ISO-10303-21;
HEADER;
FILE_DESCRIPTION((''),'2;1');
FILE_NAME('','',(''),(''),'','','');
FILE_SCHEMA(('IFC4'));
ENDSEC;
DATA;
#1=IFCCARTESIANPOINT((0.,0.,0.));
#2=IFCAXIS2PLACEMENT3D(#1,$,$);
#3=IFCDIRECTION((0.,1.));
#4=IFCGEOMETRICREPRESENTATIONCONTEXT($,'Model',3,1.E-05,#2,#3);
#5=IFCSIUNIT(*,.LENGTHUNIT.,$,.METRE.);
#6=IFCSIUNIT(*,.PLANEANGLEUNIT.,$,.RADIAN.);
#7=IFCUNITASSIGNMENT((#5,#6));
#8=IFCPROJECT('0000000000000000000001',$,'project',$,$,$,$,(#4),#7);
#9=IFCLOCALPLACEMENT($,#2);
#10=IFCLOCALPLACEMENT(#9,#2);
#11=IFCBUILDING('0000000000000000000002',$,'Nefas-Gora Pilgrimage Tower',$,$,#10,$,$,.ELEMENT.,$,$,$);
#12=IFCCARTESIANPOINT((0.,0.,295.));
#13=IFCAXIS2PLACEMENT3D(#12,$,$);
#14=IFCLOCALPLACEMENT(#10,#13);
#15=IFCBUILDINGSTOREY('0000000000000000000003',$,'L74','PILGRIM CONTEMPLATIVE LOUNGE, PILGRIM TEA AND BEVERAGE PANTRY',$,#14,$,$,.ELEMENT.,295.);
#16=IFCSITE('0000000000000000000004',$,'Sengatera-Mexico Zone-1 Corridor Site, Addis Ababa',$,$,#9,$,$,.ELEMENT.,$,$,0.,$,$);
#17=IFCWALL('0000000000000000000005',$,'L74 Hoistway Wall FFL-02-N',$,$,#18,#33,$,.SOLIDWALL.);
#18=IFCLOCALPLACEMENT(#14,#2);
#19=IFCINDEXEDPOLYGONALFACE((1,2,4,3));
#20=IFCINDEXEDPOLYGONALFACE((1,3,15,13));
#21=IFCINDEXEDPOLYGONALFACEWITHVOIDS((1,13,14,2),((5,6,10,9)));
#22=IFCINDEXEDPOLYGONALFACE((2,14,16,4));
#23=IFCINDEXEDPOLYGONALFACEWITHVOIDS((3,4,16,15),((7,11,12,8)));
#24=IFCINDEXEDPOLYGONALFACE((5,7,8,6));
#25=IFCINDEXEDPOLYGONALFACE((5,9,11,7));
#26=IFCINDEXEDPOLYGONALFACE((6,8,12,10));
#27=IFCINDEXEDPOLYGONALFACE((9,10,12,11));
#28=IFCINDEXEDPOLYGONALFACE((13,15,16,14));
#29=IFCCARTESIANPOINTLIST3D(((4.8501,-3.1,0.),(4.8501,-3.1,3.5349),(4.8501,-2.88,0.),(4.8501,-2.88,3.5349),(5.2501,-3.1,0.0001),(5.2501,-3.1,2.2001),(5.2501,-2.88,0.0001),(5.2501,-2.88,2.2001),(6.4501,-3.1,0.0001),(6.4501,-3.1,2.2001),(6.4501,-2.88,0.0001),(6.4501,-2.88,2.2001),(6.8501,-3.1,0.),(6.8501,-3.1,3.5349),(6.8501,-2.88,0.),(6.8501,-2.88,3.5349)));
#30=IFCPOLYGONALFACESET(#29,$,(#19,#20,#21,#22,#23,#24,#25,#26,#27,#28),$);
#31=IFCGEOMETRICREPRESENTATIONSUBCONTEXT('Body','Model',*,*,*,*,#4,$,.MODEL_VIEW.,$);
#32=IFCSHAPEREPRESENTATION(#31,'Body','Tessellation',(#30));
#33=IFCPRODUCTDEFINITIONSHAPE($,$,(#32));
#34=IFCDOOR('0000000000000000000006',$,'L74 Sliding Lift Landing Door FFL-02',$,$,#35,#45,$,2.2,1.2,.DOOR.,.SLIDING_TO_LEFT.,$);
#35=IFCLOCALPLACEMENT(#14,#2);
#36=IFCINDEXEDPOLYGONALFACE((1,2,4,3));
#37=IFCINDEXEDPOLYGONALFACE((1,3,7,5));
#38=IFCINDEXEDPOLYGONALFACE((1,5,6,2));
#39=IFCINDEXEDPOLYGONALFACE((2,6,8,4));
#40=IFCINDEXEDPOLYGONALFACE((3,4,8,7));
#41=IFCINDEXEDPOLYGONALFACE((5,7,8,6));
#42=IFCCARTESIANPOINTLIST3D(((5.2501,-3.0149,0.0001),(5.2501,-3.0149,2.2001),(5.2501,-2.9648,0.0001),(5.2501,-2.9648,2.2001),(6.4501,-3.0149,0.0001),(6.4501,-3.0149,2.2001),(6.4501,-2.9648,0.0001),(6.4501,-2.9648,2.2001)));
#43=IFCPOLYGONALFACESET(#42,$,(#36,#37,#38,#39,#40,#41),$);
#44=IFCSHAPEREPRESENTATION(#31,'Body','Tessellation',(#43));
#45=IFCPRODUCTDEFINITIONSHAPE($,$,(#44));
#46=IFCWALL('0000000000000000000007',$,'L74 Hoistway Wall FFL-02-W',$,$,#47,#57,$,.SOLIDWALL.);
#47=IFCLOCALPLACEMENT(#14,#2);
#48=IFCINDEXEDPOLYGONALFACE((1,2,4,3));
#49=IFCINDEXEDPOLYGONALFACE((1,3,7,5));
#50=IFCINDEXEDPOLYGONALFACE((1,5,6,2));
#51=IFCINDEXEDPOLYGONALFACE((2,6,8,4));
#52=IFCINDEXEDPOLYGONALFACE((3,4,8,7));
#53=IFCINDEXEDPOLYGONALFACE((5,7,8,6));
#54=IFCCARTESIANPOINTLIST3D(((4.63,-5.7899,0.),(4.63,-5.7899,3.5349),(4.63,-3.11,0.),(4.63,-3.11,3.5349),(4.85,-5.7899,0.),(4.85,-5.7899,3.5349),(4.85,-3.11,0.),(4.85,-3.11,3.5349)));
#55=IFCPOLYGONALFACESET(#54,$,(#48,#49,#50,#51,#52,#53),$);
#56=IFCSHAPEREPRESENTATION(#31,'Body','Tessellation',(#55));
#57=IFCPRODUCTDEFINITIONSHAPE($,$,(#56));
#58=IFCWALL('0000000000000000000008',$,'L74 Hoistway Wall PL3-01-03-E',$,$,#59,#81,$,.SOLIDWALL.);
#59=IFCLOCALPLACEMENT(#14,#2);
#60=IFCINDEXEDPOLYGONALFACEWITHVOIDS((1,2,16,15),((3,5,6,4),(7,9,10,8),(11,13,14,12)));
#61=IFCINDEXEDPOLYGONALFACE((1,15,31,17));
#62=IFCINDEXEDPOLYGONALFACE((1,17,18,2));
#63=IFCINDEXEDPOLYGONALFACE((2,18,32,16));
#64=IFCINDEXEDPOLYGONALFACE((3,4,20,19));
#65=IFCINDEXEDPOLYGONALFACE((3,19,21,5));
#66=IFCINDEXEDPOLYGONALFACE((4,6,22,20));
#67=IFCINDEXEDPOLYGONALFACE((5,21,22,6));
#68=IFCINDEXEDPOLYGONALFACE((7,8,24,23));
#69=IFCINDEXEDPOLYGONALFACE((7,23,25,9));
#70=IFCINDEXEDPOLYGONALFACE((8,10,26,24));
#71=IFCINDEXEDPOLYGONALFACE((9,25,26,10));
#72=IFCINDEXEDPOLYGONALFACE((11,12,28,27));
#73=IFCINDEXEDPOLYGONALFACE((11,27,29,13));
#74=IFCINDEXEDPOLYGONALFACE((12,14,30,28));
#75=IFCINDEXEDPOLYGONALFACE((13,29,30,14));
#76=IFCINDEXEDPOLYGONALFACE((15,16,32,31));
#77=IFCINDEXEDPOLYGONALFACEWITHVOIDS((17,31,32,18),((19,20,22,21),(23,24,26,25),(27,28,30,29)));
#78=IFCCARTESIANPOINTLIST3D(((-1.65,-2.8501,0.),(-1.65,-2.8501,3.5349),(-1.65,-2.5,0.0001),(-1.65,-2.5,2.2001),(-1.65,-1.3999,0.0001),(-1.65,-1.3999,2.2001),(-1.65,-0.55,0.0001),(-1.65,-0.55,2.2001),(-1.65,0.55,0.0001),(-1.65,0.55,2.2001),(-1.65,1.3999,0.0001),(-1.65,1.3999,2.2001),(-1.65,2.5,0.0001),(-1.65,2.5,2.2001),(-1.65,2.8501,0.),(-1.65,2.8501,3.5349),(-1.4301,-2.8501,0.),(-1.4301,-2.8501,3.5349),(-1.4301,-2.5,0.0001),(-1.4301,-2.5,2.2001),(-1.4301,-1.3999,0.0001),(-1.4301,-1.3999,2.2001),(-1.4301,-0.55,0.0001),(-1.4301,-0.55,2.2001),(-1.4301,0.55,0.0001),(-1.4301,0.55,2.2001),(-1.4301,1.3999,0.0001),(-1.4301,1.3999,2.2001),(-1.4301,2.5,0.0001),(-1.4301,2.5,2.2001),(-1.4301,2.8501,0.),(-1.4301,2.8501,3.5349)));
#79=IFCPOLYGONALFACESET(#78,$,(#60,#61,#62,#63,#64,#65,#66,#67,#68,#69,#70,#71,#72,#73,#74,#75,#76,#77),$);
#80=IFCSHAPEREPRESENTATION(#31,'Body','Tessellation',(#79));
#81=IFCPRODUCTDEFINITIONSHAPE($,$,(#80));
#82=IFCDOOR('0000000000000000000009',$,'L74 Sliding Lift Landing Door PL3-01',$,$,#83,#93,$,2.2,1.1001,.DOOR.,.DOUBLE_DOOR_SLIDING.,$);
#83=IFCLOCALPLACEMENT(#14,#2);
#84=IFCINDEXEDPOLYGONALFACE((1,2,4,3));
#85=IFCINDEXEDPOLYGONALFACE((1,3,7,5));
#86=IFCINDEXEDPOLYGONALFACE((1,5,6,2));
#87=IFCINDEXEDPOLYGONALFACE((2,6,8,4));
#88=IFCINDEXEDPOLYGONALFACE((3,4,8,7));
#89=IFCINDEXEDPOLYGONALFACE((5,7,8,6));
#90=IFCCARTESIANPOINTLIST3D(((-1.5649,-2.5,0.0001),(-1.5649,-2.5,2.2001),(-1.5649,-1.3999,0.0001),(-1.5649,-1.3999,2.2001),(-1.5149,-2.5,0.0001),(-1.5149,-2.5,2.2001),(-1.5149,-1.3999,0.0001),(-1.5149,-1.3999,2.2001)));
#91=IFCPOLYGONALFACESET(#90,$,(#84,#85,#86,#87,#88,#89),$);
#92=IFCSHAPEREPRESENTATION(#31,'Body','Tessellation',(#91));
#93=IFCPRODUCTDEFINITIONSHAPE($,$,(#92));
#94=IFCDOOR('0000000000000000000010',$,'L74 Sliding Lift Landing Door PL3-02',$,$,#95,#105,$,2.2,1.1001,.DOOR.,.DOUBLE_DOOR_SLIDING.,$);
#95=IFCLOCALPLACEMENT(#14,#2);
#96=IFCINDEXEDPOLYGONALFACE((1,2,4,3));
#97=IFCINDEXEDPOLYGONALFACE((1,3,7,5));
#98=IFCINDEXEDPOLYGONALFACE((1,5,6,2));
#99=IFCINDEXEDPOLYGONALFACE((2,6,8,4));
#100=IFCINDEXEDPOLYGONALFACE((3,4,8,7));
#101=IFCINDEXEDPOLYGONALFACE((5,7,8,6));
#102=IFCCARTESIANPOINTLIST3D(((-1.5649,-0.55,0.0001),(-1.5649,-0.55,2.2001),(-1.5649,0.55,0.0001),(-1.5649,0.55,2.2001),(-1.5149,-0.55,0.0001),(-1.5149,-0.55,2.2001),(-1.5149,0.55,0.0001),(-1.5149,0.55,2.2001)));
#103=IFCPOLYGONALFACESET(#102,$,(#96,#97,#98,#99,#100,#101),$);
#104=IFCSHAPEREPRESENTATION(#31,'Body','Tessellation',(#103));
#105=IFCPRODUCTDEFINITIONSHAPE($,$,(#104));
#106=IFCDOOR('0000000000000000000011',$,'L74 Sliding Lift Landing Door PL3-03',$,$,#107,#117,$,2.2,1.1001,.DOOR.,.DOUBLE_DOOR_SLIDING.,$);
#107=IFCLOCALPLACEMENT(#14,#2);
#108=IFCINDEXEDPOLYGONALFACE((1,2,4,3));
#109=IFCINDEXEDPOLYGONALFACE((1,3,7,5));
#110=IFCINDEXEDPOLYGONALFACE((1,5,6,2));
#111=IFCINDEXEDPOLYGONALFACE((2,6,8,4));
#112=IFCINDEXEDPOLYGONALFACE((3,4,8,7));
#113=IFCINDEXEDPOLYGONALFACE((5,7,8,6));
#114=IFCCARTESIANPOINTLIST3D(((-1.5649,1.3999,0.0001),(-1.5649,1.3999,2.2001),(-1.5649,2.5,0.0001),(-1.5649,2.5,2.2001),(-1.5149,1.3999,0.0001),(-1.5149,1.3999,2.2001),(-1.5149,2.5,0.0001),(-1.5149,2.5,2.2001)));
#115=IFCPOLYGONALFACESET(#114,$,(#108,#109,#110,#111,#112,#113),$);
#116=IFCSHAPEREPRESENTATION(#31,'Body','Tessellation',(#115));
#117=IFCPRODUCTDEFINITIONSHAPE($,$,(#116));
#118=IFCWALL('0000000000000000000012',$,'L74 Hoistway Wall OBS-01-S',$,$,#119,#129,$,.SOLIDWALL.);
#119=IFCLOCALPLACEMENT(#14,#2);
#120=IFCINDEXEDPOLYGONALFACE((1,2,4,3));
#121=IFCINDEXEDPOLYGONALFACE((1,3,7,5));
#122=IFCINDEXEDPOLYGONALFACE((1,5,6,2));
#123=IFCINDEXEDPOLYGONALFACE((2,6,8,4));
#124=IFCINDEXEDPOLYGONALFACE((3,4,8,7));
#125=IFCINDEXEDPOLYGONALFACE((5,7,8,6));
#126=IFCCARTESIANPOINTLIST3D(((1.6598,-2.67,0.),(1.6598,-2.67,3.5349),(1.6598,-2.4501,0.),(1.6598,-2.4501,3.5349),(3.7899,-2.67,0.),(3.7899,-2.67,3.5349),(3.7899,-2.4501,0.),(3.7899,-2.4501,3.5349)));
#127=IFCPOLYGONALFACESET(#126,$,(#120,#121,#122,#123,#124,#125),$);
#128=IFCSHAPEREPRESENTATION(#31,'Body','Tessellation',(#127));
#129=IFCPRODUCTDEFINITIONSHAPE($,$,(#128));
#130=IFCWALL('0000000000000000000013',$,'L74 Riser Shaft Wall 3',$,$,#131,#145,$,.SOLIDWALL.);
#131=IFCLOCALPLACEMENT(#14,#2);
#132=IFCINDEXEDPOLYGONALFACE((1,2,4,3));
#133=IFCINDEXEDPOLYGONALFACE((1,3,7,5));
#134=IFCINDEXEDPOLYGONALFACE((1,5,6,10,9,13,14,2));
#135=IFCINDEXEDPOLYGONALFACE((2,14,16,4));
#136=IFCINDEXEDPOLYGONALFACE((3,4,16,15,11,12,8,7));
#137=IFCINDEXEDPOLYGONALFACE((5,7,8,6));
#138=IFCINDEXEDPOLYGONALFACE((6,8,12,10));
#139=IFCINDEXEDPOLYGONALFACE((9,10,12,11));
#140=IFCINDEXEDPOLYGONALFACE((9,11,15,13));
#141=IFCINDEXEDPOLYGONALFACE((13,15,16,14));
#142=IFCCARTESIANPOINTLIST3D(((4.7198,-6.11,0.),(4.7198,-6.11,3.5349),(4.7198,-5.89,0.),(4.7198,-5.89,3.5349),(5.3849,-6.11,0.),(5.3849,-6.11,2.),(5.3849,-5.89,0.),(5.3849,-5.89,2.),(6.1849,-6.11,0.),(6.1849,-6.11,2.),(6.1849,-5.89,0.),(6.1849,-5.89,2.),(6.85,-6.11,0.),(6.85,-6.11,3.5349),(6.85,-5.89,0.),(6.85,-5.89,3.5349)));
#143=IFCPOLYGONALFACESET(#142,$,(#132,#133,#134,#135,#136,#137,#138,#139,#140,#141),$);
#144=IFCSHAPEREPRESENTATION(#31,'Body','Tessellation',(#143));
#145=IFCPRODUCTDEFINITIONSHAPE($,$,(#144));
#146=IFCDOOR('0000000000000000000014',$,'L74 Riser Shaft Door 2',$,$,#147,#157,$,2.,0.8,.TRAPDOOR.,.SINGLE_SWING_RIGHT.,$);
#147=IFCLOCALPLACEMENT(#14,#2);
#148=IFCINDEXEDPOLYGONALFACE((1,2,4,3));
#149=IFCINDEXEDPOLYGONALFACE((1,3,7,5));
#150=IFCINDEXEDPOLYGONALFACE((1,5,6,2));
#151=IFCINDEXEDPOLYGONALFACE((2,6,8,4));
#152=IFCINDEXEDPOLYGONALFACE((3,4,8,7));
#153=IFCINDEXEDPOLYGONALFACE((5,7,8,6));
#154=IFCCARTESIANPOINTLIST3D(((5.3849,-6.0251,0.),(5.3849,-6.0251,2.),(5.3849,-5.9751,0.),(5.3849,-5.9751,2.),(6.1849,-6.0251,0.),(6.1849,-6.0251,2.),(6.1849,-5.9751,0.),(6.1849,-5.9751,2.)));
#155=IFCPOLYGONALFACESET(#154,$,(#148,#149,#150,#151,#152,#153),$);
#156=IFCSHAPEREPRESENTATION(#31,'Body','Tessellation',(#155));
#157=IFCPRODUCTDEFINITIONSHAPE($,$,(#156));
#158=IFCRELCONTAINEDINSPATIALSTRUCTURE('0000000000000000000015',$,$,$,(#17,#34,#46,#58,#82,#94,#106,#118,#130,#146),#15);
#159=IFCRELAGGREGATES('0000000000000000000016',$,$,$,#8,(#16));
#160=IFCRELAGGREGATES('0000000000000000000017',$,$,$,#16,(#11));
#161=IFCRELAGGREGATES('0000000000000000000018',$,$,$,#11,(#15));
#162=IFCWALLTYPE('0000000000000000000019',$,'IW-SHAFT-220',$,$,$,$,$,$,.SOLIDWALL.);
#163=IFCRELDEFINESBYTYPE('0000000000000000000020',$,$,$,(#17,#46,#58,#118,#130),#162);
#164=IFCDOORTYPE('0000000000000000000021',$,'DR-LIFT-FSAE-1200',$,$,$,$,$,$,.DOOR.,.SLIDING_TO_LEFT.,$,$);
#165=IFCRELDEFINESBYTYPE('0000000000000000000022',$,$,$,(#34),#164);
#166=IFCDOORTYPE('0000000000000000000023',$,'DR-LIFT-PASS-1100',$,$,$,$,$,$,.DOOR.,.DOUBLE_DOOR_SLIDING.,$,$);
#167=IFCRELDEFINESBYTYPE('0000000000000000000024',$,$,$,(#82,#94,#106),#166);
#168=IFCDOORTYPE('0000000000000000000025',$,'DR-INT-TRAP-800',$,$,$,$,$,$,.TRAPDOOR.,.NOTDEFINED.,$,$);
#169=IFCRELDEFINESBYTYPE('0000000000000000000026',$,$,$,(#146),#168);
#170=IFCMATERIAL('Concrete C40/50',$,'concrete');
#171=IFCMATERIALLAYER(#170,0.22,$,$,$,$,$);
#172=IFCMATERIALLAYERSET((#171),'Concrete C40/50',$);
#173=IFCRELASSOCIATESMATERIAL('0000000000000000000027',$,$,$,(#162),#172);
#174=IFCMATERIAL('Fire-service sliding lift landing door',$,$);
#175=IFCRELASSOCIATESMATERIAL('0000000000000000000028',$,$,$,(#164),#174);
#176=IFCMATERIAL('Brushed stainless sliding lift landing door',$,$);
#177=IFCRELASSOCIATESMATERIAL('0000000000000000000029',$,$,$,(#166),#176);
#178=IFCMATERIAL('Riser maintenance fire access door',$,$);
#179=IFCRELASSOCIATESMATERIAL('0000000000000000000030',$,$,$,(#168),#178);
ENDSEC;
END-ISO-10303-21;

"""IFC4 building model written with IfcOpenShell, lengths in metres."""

from ifc_helpers import new_model, si_unit, direction, frame, frame_2d, origin, place, context, subcontext, project, spatial, rectangle, extrude, source, transform, mapped, material, layer, layer_set, type_object, element, fill, save


model = new_model("IFC4")

# Units and contexts
model_context = context("Model", 3, precision=1e-05, world=origin(), true_north=direction((0.0, 1.0)))
body_context = subcontext(model_context, "Body", "Model", "MODEL_VIEW")
ifc_project = project(units=[si_unit("LENGTHUNIT", "METRE"), si_unit("PLANEANGLEUNIT", "RADIAN")], contexts=[model_context])

# Site, building, storey
site_placement = place(None, origin())
site = spatial("IfcSite", under=ifc_project, at=site_placement, Name="Sengatera-Mexico Zone-1 Corridor Site, Addis Ababa", CompositionType="ELEMENT", RefElevation=0.0)
building_placement = place(site_placement, origin())
building = spatial("IfcBuilding", under=site, at=building_placement, Name="Nefas-Gora Pilgrimage Tower", CompositionType="ELEMENT")
storey_placement = place(building_placement, frame((0.0, 0.0, 295.0)))
storey = spatial("IfcBuildingStorey", under=building, at=storey_placement, Name="L74", Description="PILGRIM CONTEMPLATIVE LOUNGE, PILGRIM TEA AND BEVERAGE PANTRY", CompositionType="ELEMENT", Elevation=295.0)

# Shared definitions
ifc_material_1 = material(Name="Concrete C40/50", Category="concrete")

# Wall, opening, door
ifc_layer_1 = layer(ifc_material_1, 0.22)
ifc_layer_set_1 = layer_set([ifc_layer_1], Name="Concrete C40/50")
wall_type_1 = type_object("IfcWallType", Name="IW-SHAFT-220", PredefinedType="SOLIDWALL", material=ifc_layer_set_1)
shared_shape_1 = source(origin(), body_context, "Body", "SweptSolid", [
    extrude(rectangle(XDim=2.0, YDim=0.22, at=frame_2d((1.0, 0.0))), origin(), (0.0, 0.0, 1.0), 3.5349),
])
wall_1_placement = place(storey_placement, frame((6.8501, -2.99, 0.0), z_axis=(0.0, 0.0, 1.0), x_axis=(-1.0, 0.0, 0.0)))
wall_1 = element("IfcWall", 1, at=wall_1_placement, inside=storey, type_object=wall_type_1, Name="L74 Hoistway Wall FFL-02-N", PredefinedType="SOLIDWALL", context=body_context, shape_type="MappedRepresentation", body=[
    mapped(shared_shape_1, transform((0.0, 0.0, 0.0), x_axis=(1.0, 0.0, 0.0), y_axis=(0.0, 1.0, 0.0), z_axis=(0.0, 0.0, 1.0), scale=1.0)),
])
opening_1_placement = place(wall_1_placement, frame((0.3999, 0.0, 0.0)))
opening_1 = element("IfcOpeningElement", 2, at=opening_1_placement, cuts=wall_1, PredefinedType="OPENING", context=body_context, shape_type="SweptSolid", body=[
    extrude(rectangle(XDim=1.2, YDim=2.2, at=frame_2d((0.6001, 1.1001))), frame((0.0, 0.1199, 0.0), z_axis=(0.0, -1.0, 0.0), x_axis=(1.0, 0.0, 0.0)), (0.0, 0.0, 1.0), 0.24),
])
ifc_material_2 = material(Name="Fire-service sliding lift landing door")
door_type_1 = type_object("IfcDoorType", Name="DR-LIFT-FSAE-1200", OperationType="SLIDING_TO_LEFT", PredefinedType="DOOR", material=ifc_material_2)
shared_shape_2 = source(origin(), body_context, "Body", "SweptSolid", [
    extrude(rectangle(XDim=1.2, YDim=2.2, at=frame_2d((0.6001, 1.1001))), frame((0.0, 0.0249, 0.0), z_axis=(0.0, -1.0, 0.0), x_axis=(1.0, 0.0, 0.0)), (0.0, 0.0, 1.0), 0.05),
])
door_1_placement = place(opening_1_placement, origin())
door_1 = element("IfcDoor", 3, at=door_1_placement, inside=storey, type_object=door_type_1, Name="L74 Sliding Lift Landing Door FFL-02", OperationType="SLIDING_TO_LEFT", OverallHeight=2.2, OverallWidth=1.2, PredefinedType="DOOR", context=body_context, shape_type="MappedRepresentation", body=[
    mapped(shared_shape_2, transform((0.0, 0.0, 0.0), x_axis=(1.0, 0.0, 0.0), y_axis=(0.0, 1.0, 0.0), z_axis=(0.0, 0.0, 1.0), scale=1.0)),
])
fill(opening_1, door_1)

# Wall
shared_shape_3 = source(origin(), body_context, "Body", "SweptSolid", [
    extrude(rectangle(XDim=2.6799, YDim=0.22, at=frame_2d((1.3398, 0.0))), origin(), (0.0, 0.0, 1.0), 3.5349),
])
wall_2_placement = place(storey_placement, frame((4.74, -3.1101, 0.0), z_axis=(0.0, 0.0, 1.0), x_axis=(0.0, -1.0, 0.0)))
element("IfcWall", 4, at=wall_2_placement, inside=storey, type_object=wall_type_1, Name="L74 Hoistway Wall FFL-02-W", PredefinedType="SOLIDWALL", context=body_context, shape_type="MappedRepresentation", body=[
    mapped(shared_shape_3, transform((0.0, 0.0, 0.0), x_axis=(1.0, 0.0, 0.0), y_axis=(0.0, 1.0, 0.0), z_axis=(0.0, 0.0, 1.0), scale=1.0)),
])

# Wall, openings, doors
shared_shape_4 = source(origin(), body_context, "Body", "SweptSolid", [
    extrude(rectangle(XDim=5.7002, YDim=0.22, at=frame_2d((2.8501, 0.0))), origin(), (0.0, 0.0, 1.0), 3.5349),
])
wall_3_placement = place(storey_placement, frame((-1.54, -2.8501, 0.0), z_axis=(0.0, 0.0, 1.0), x_axis=(0.0, 1.0, 0.0)))
wall_3 = element("IfcWall", 5, at=wall_3_placement, inside=storey, type_object=wall_type_1, Name="L74 Hoistway Wall PL3-01-03-E", PredefinedType="SOLIDWALL", context=body_context, shape_type="MappedRepresentation", body=[
    mapped(shared_shape_4, transform((0.0, 0.0, 0.0), x_axis=(1.0, 0.0, 0.0), y_axis=(0.0, 1.0, 0.0), z_axis=(0.0, 0.0, 1.0), scale=1.0)),
])
opening_2_placement = place(wall_3_placement, frame((0.3501, 0.0, 0.0)))
opening_2 = element("IfcOpeningElement", 6, at=opening_2_placement, cuts=wall_3, PredefinedType="OPENING", context=body_context, shape_type="SweptSolid", body=[
    extrude(rectangle(XDim=1.1001, YDim=2.2, at=frame_2d((0.55, 1.1001))), frame((0.0, 0.1199, 0.0), z_axis=(0.0, -1.0, 0.0), x_axis=(1.0, 0.0, 0.0)), (0.0, 0.0, 1.0), 0.24),
])
opening_3_placement = place(wall_3_placement, frame((2.3, 0.0, 0.0)))
opening_3 = element("IfcOpeningElement", 7, at=opening_3_placement, cuts=wall_3, PredefinedType="OPENING", context=body_context, shape_type="SweptSolid", body=[
    extrude(rectangle(XDim=1.1001, YDim=2.2, at=frame_2d((0.55, 1.1001))), frame((0.0, 0.1199, 0.0), z_axis=(0.0, -1.0, 0.0), x_axis=(1.0, 0.0, 0.0)), (0.0, 0.0, 1.0), 0.24),
])
opening_4_placement = place(wall_3_placement, frame((4.25, 0.0, 0.0)))
opening_4 = element("IfcOpeningElement", 8, at=opening_4_placement, cuts=wall_3, PredefinedType="OPENING", context=body_context, shape_type="SweptSolid", body=[
    extrude(rectangle(XDim=1.1001, YDim=2.2, at=frame_2d((0.55, 1.1001))), frame((0.0, 0.1199, 0.0), z_axis=(0.0, -1.0, 0.0), x_axis=(1.0, 0.0, 0.0)), (0.0, 0.0, 1.0), 0.24),
])
ifc_material_3 = material(Name="Brushed stainless sliding lift landing door")
door_type_2 = type_object("IfcDoorType", Name="DR-LIFT-PASS-1100", OperationType="DOUBLE_DOOR_SLIDING", PredefinedType="DOOR", material=ifc_material_3)
shared_shape_5 = source(origin(), body_context, "Body", "SweptSolid", [
    extrude(rectangle(XDim=1.1001, YDim=2.2, at=frame_2d((0.55, 1.1001))), frame((0.0, 0.0249, 0.0), z_axis=(0.0, -1.0, 0.0), x_axis=(1.0, 0.0, 0.0)), (0.0, 0.0, 1.0), 0.05),
])
door_2_placement = place(opening_2_placement, origin())
door_2 = element("IfcDoor", 9, at=door_2_placement, inside=storey, type_object=door_type_2, Name="L74 Sliding Lift Landing Door PL3-01", OperationType="DOUBLE_DOOR_SLIDING", OverallHeight=2.2, OverallWidth=1.1001, PredefinedType="DOOR", context=body_context, shape_type="MappedRepresentation", body=[
    mapped(shared_shape_5, transform((0.0, 0.0, 0.0), x_axis=(1.0, 0.0, 0.0), y_axis=(0.0, 1.0, 0.0), z_axis=(0.0, 0.0, 1.0), scale=1.0)),
])
fill(opening_2, door_2)
door_3_placement = place(opening_3_placement, origin())
door_3 = element("IfcDoor", 10, at=door_3_placement, inside=storey, type_object=door_type_2, Name="L74 Sliding Lift Landing Door PL3-02", OperationType="DOUBLE_DOOR_SLIDING", OverallHeight=2.2, OverallWidth=1.1001, PredefinedType="DOOR", context=body_context, shape_type="MappedRepresentation", body=[
    mapped(shared_shape_5, transform((0.0, 0.0, 0.0), x_axis=(1.0, 0.0, 0.0), y_axis=(0.0, 1.0, 0.0), z_axis=(0.0, 0.0, 1.0), scale=1.0)),
])
fill(opening_3, door_3)
door_4_placement = place(opening_4_placement, origin())
door_4 = element("IfcDoor", 11, at=door_4_placement, inside=storey, type_object=door_type_2, Name="L74 Sliding Lift Landing Door PL3-03", OperationType="DOUBLE_DOOR_SLIDING", OverallHeight=2.2, OverallWidth=1.1001, PredefinedType="DOOR", context=body_context, shape_type="MappedRepresentation", body=[
    mapped(shared_shape_5, transform((0.0, 0.0, 0.0), x_axis=(1.0, 0.0, 0.0), y_axis=(0.0, 1.0, 0.0), z_axis=(0.0, 0.0, 1.0), scale=1.0)),
])
fill(opening_4, door_4)

# Wall
shared_shape_6 = source(origin(), body_context, "Body", "SweptSolid", [
    extrude(rectangle(XDim=2.1301, YDim=0.22, at=frame_2d((1.0649, 0.0))), origin(), (0.0, 0.0, 1.0), 3.5349),
])
wall_4_placement = place(storey_placement, frame((1.6599, -2.5601, 0.0), z_axis=(0.0, 0.0, 1.0), x_axis=(1.0, 0.0, 0.0)))
element("IfcWall", 12, at=wall_4_placement, inside=storey, type_object=wall_type_1, Name="L74 Hoistway Wall OBS-01-S", PredefinedType="SOLIDWALL", context=body_context, shape_type="MappedRepresentation", body=[
    mapped(shared_shape_6, transform((0.0, 0.0, 0.0), x_axis=(1.0, 0.0, 0.0), y_axis=(0.0, 1.0, 0.0), z_axis=(0.0, 0.0, 1.0), scale=1.0)),
])

# Wall, opening, door
wall_5_placement = place(storey_placement, frame((4.72, -6.0, 0.0), z_axis=(0.0, 0.0, 1.0), x_axis=(1.0, 0.0, 0.0)))
wall_5 = element("IfcWall", 13, at=wall_5_placement, inside=storey, type_object=wall_type_1, Name="L74 Riser Shaft Wall 3", PredefinedType="SOLIDWALL", context=body_context, shape_type="MappedRepresentation", body=[
    mapped(shared_shape_6, transform((0.0, 0.0, 0.0), x_axis=(1.0, 0.0, 0.0), y_axis=(0.0, 1.0, 0.0), z_axis=(0.0, 0.0, 1.0), scale=1.0)),
])
opening_5_placement = place(wall_5_placement, frame((0.665, 0.0, 0.0)))
opening_5 = element("IfcOpeningElement", 14, at=opening_5_placement, cuts=wall_5, PredefinedType="OPENING", context=body_context, shape_type="SweptSolid", body=[
    extrude(rectangle(XDim=0.8, YDim=2.0, at=frame_2d((0.3999, 1.0))), frame((0.0, 0.1199, 0.0), z_axis=(0.0, -1.0, 0.0), x_axis=(1.0, 0.0, 0.0)), (0.0, 0.0, 1.0), 0.24),
])
ifc_material_4 = material(Name="Riser maintenance fire access door")
door_type_3 = type_object("IfcDoorType", Name="DR-INT-TRAP-800", OperationType="NOTDEFINED", PredefinedType="TRAPDOOR", material=ifc_material_4)
shared_shape_7 = source(origin(), body_context, "Body", "SweptSolid", [
    extrude(rectangle(XDim=0.8, YDim=2.0, at=frame_2d((0.3999, 1.0))), frame((0.0, 0.0249, 0.0), z_axis=(0.0, -1.0, 0.0), x_axis=(1.0, 0.0, 0.0)), (0.0, 0.0, 1.0), 0.05),
])
door_5_placement = place(opening_5_placement, origin())
door_5 = element("IfcDoor", 15, at=door_5_placement, inside=storey, type_object=door_type_3, Name="L74 Riser Shaft Door 2", OperationType="SINGLE_SWING_RIGHT", OverallHeight=2.0, OverallWidth=0.8, PredefinedType="TRAPDOOR", context=body_context, shape_type="MappedRepresentation", body=[
    mapped(shared_shape_7, transform((0.0, 0.0, 0.0), x_axis=(1.0, 0.0, 0.0), y_axis=(0.0, 1.0, 0.0), z_axis=(0.0, 0.0, 1.0), scale=1.0)),
])
fill(opening_5, door_5)

save(model, "model.ifc")
